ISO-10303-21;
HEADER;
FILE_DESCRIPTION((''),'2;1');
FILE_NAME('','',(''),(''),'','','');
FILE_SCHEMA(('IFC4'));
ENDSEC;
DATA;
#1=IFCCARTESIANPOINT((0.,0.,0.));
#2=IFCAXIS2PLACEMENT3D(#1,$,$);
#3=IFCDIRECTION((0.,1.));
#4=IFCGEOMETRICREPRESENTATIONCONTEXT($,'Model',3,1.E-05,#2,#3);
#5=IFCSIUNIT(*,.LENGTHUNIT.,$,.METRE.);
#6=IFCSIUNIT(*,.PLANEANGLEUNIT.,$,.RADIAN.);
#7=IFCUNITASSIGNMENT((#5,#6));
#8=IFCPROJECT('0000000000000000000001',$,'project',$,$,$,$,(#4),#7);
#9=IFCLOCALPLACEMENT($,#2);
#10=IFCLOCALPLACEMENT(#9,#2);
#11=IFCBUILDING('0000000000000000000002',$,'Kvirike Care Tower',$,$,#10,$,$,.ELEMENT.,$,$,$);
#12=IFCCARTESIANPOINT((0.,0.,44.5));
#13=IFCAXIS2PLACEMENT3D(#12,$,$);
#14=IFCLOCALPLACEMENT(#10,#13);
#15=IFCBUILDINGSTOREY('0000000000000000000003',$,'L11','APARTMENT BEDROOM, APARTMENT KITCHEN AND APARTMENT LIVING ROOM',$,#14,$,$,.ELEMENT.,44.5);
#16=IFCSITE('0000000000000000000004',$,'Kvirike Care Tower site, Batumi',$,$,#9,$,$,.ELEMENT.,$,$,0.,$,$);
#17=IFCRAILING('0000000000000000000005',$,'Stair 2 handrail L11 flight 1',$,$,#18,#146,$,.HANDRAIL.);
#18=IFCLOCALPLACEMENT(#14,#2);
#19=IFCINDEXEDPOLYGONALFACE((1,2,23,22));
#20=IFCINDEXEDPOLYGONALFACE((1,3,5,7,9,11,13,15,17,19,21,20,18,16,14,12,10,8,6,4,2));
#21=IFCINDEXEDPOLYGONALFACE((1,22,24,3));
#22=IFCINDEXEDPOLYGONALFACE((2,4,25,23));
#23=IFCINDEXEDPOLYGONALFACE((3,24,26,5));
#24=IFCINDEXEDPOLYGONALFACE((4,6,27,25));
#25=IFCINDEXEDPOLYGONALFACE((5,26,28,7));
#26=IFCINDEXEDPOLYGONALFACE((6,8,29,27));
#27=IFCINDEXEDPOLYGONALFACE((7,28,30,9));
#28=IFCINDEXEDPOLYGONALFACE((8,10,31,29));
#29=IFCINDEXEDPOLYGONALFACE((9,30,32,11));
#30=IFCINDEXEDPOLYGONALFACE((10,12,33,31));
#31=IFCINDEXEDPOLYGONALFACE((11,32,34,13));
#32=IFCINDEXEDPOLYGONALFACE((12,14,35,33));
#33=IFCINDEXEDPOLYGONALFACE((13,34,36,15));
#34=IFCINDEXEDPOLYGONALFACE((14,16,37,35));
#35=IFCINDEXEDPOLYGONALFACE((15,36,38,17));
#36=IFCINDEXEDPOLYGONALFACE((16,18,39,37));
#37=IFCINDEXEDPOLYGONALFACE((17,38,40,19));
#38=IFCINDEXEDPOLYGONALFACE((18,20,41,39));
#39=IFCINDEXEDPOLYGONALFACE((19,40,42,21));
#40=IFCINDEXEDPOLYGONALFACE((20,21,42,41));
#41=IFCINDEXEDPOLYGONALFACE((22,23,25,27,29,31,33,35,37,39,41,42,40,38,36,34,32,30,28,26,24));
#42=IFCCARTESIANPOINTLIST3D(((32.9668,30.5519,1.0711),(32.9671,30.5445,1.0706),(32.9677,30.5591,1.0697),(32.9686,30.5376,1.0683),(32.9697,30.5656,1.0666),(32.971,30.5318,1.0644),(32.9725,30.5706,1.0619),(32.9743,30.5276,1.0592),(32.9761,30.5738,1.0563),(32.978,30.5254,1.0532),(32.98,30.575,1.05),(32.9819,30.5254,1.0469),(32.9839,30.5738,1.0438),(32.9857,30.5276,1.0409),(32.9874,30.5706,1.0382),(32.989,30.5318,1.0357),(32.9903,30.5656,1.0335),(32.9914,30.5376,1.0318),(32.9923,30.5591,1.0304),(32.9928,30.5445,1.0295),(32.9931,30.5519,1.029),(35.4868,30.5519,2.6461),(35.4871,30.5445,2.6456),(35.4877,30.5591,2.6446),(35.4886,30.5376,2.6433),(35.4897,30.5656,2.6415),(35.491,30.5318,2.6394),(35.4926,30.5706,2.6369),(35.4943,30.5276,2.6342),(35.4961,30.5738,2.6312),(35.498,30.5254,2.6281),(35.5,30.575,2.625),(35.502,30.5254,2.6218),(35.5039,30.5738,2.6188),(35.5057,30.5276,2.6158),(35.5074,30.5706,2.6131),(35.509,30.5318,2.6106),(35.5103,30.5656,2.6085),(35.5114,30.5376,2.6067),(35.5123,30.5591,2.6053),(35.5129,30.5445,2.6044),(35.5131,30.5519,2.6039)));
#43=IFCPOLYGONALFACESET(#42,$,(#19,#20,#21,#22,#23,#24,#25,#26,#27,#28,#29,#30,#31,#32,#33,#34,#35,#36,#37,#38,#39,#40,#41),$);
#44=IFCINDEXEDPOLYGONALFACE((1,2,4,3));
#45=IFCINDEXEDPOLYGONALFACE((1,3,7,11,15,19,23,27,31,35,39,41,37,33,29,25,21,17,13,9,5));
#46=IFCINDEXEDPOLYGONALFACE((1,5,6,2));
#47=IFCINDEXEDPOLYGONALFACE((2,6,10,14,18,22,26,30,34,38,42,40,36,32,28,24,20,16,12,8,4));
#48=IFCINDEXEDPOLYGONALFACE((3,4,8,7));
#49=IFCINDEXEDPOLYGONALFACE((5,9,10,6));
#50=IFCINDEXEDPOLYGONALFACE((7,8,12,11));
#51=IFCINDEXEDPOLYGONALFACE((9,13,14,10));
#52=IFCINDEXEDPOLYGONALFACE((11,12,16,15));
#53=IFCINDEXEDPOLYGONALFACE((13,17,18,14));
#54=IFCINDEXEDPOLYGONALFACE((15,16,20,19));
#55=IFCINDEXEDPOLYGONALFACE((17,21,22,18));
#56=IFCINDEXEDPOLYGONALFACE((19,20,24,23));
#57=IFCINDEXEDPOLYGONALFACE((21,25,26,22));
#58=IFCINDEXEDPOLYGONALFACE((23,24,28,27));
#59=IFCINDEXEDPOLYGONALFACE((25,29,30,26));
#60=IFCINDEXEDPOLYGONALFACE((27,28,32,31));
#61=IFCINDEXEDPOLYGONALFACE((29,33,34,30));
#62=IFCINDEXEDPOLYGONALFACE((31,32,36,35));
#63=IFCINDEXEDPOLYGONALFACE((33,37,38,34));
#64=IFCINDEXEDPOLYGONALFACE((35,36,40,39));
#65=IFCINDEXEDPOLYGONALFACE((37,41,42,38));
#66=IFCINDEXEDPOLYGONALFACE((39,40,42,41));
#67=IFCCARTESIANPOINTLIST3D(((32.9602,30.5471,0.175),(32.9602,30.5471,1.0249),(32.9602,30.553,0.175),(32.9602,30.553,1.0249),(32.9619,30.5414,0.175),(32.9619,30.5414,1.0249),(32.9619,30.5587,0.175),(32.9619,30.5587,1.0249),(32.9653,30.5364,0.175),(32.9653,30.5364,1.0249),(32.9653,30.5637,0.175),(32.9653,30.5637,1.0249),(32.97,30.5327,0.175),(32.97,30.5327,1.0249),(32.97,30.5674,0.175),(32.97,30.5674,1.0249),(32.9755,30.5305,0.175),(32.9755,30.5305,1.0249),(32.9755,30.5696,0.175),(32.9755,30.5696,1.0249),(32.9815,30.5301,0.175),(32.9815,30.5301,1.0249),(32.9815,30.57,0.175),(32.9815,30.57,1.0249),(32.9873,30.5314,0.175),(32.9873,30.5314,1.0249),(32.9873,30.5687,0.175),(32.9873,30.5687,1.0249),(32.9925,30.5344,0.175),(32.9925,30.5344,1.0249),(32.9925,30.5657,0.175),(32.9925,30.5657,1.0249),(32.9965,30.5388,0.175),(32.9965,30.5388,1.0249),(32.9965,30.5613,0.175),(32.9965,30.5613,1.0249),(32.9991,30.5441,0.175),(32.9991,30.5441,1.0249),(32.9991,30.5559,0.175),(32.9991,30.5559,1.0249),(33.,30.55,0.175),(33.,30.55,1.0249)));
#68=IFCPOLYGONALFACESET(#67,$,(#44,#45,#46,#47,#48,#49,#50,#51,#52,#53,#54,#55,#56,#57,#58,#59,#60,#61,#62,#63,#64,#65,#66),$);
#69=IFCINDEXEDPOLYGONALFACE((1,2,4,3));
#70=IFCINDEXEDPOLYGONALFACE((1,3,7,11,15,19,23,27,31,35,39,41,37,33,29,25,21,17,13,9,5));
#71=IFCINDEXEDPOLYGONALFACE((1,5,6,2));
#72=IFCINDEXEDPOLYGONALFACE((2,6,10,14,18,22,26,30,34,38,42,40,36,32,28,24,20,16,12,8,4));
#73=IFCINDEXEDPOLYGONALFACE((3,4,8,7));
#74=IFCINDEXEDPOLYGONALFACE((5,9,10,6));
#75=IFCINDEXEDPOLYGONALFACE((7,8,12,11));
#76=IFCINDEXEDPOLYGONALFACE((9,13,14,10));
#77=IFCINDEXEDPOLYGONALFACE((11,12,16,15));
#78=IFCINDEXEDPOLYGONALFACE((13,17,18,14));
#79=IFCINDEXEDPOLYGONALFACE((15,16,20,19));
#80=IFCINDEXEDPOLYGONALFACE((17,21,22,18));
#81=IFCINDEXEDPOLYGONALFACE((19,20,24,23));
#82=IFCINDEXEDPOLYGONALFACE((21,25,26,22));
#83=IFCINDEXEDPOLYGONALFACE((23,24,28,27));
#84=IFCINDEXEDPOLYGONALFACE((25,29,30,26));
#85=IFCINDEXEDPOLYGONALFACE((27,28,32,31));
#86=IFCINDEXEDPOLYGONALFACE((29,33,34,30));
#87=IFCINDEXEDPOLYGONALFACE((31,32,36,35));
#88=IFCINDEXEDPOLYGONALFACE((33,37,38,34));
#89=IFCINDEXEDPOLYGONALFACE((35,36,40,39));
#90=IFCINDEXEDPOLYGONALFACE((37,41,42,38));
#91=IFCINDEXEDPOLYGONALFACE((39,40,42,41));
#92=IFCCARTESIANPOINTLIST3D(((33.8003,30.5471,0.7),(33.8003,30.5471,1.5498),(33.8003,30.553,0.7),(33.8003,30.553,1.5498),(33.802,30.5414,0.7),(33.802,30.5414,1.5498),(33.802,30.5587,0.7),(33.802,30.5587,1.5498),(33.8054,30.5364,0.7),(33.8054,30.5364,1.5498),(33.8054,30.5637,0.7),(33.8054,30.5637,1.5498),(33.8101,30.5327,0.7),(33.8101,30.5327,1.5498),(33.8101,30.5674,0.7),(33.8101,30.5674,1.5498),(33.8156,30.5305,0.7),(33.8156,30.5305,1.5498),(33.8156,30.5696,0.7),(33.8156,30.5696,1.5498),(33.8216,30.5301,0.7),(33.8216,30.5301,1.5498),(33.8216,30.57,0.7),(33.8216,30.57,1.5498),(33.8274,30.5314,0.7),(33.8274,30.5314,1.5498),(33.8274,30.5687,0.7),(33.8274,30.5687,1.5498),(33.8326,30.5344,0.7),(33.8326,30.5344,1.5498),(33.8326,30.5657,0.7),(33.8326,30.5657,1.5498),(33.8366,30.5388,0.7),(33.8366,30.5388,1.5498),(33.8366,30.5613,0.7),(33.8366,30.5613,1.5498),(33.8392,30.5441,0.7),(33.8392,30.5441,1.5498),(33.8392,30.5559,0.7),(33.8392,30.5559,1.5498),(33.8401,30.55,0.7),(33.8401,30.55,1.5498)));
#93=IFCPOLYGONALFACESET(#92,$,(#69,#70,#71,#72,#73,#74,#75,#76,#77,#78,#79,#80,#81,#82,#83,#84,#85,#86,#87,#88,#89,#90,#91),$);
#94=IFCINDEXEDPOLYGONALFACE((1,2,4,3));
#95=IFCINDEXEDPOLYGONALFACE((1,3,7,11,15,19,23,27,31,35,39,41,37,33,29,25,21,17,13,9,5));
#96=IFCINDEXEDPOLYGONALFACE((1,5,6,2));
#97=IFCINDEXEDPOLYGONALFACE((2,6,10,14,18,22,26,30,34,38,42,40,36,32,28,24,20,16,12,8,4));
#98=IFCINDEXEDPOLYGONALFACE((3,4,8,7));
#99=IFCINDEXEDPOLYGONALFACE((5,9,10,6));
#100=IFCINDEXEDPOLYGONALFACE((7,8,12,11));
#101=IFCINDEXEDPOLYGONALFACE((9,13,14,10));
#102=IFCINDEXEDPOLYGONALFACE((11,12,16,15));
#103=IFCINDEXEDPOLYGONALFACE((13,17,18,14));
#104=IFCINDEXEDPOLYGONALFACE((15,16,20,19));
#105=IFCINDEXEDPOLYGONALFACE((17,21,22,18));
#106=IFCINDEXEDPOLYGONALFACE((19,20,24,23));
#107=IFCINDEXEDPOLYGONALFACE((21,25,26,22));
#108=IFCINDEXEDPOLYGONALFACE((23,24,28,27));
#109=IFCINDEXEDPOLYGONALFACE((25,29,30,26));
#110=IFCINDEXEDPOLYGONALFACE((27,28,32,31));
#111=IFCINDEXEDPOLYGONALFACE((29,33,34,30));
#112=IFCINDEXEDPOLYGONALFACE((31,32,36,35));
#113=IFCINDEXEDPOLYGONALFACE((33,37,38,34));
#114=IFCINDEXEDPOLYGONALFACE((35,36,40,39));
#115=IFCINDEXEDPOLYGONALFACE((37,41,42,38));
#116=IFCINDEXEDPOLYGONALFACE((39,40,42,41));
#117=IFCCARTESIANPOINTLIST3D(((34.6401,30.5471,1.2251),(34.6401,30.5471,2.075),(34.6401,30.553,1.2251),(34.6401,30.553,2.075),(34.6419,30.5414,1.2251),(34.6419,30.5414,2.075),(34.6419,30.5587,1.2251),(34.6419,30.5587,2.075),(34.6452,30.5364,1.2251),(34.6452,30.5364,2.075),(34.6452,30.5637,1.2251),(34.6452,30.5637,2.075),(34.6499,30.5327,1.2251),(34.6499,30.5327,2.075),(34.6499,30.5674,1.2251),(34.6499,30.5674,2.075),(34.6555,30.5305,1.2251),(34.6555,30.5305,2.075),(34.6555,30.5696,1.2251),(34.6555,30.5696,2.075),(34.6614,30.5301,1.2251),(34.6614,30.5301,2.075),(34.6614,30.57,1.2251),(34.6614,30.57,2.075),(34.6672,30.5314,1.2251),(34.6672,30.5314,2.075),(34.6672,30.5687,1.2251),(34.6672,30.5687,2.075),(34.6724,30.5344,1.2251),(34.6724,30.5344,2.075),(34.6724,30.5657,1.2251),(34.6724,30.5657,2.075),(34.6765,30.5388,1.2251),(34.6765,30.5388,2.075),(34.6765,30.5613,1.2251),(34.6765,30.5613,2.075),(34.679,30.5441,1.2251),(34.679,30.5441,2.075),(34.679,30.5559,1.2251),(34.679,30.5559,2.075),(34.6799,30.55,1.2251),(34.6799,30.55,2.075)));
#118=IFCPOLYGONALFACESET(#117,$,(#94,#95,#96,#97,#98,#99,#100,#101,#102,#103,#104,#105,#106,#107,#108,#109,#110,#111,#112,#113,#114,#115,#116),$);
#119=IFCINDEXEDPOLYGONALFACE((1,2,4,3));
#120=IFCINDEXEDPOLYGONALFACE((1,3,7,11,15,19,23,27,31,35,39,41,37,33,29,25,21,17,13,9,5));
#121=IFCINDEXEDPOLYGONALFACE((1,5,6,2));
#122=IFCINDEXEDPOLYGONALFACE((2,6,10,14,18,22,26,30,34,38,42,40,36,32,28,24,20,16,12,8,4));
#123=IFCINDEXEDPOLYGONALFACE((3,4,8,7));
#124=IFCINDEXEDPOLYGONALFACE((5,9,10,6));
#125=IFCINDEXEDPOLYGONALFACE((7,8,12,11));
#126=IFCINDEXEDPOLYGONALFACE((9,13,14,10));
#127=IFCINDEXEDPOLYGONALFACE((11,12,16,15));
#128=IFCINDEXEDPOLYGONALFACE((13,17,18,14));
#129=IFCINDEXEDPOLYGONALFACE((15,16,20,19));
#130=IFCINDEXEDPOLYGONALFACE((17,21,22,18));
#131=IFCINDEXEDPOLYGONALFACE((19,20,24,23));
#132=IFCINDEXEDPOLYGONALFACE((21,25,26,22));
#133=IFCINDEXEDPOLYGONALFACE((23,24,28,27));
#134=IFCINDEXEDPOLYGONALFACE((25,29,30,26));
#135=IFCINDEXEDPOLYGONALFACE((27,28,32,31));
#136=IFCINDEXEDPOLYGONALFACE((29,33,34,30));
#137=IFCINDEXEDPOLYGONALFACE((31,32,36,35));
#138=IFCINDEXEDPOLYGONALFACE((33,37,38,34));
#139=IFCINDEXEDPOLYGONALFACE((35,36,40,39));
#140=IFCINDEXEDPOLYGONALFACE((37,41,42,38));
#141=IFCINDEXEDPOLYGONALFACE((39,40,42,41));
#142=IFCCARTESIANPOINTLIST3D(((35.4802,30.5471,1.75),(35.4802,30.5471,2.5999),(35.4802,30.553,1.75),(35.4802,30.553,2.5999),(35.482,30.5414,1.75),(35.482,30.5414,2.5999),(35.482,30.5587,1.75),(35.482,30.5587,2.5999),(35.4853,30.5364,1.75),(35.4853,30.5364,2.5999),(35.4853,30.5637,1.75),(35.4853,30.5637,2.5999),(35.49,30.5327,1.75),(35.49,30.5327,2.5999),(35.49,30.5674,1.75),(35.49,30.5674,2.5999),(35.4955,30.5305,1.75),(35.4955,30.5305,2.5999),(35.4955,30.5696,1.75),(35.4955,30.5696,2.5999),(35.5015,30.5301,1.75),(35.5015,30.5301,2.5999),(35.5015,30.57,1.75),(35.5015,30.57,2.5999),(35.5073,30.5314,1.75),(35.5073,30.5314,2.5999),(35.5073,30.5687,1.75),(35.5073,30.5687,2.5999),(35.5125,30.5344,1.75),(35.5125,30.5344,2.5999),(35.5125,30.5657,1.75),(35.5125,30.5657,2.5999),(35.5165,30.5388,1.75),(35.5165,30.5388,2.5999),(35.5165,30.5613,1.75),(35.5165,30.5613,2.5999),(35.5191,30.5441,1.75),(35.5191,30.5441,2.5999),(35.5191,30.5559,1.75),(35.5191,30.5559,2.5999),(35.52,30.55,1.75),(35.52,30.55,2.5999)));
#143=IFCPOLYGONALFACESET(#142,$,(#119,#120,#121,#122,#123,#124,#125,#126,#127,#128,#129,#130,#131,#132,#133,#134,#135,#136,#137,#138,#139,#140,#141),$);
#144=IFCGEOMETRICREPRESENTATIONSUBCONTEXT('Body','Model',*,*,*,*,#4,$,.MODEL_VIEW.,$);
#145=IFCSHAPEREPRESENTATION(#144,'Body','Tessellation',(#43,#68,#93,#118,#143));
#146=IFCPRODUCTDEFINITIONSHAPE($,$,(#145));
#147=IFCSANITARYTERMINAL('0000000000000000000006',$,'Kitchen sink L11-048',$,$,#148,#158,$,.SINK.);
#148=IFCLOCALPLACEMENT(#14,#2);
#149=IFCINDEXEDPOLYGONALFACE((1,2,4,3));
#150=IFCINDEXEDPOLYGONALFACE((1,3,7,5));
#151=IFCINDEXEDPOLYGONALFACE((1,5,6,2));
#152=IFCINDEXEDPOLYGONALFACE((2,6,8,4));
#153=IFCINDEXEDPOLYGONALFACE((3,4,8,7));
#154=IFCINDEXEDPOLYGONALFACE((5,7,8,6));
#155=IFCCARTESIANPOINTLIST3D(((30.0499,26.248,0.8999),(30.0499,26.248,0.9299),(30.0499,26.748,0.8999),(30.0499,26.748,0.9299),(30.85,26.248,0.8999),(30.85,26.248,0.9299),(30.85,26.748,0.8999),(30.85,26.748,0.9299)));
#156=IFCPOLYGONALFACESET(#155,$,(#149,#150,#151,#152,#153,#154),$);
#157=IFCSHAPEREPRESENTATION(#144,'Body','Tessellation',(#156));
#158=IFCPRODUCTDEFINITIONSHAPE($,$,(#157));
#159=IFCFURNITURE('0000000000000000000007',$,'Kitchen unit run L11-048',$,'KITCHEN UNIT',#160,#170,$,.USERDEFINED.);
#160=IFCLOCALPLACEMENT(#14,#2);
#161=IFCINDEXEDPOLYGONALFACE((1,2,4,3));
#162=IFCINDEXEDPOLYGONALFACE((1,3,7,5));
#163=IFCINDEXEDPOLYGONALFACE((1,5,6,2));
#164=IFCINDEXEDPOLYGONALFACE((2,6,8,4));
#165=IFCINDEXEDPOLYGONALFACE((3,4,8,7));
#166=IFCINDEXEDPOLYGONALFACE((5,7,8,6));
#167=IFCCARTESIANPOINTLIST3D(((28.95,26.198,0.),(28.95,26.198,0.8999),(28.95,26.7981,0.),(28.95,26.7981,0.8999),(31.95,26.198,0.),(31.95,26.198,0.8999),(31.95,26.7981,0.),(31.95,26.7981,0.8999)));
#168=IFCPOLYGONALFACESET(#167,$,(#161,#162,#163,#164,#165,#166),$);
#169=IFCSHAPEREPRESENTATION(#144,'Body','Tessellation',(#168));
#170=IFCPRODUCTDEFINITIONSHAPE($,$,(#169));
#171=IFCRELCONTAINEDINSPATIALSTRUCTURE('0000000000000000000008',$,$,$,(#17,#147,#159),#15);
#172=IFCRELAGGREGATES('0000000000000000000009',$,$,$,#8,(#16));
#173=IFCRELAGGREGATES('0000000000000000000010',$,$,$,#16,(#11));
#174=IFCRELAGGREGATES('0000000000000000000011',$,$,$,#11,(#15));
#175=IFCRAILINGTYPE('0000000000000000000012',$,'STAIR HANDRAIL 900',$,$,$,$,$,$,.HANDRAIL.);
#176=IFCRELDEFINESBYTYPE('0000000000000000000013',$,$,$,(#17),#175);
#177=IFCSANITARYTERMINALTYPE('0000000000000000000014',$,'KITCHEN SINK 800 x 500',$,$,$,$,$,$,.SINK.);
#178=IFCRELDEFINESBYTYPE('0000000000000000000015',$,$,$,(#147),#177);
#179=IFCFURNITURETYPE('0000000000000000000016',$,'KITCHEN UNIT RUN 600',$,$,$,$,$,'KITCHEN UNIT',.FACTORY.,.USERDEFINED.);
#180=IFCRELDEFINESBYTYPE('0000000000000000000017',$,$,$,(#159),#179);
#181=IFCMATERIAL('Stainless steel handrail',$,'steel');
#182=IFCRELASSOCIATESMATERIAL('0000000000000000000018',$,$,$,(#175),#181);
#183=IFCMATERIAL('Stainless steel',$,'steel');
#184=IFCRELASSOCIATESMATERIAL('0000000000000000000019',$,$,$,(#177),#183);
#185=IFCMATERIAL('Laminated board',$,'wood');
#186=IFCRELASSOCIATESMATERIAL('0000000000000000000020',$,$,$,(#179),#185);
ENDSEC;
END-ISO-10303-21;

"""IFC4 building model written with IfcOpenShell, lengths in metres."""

from ifc_helpers import new_model, si_unit, direction, frame, origin, origin_2d, place, context, subcontext, project, spatial, rectangle, circle, extrude, material, type_object, element, save


model = new_model("IFC4")

# Units and contexts
model_context = context("Model", 3, precision=1e-05, world=origin(), true_north=direction((0.0, 1.0)))
body_context = subcontext(model_context, "Body", "Model", "MODEL_VIEW")
ifc_project = project(units=[si_unit("LENGTHUNIT", "METRE"), si_unit("PLANEANGLEUNIT", "RADIAN")], contexts=[model_context])

# Site, building, storey
site_placement = place(None, origin())
site = spatial("IfcSite", under=ifc_project, at=site_placement, Name="Kvirike Care Tower site, Batumi", CompositionType="ELEMENT", RefElevation=0.0)
building_placement = place(site_placement, origin())
building = spatial("IfcBuilding", under=site, at=building_placement, Name="Kvirike Care Tower", CompositionType="ELEMENT")
storey_placement = place(building_placement, frame((0.0, 0.0, 44.5)))
storey = spatial("IfcBuildingStorey", under=building, at=storey_placement, Name="L11", Description="APARTMENT BEDROOM, APARTMENT KITCHEN AND APARTMENT LIVING ROOM", CompositionType="ELEMENT", Elevation=44.5)

# Railing
ifc_material_1 = material(Name="Stainless steel handrail", Category="steel")
railing_type = type_object("IfcRailingType", Name="STAIR HANDRAIL 900", PredefinedType="HANDRAIL", material=ifc_material_1)
railing_placement = place(storey_placement, frame((32.98, 30.55, 0.175)))
element("IfcRailing", 1, at=railing_placement, inside=storey, type_object=railing_type, Name="Stair 2 handrail L11 flight 1", PredefinedType="HANDRAIL", context=body_context, shape_type="SweptSolid", body=[
    extrude(circle(Radius=0.0249, at=origin_2d()), frame((0.0, 0.0, 0.875), z_axis=(0.848008, 0.0, 0.529984), x_axis=(0.0, 1.0, 0.0)), (0.0, 0.0, 1.0), 2.9717),
    extrude(circle(Radius=0.02, at=origin_2d()), origin(), (0.0, 0.0, 1.0), 0.8499),
    extrude(circle(Radius=0.02, at=origin_2d()), frame((0.8401, 0.0, 0.5249)), (0.0, 0.0, 1.0), 0.8499),
    extrude(circle(Radius=0.02, at=origin_2d()), frame((1.6799, 0.0, 1.05)), (0.0, 0.0, 1.0), 0.8499),
    extrude(circle(Radius=0.02, at=origin_2d()), frame((2.52, 0.0, 1.575)), (0.0, 0.0, 1.0), 0.8499),
])

# Sanitary terminal
ifc_material_2 = material(Name="Stainless steel", Category="steel")
sanitary_terminal_type = type_object("IfcSanitaryTerminalType", Name="KITCHEN SINK 800 x 500", PredefinedType="SINK", material=ifc_material_2)
sanitary_terminal_placement = place(storey_placement, frame((30.45, 26.498, 0.8999), z_axis=(0.0, 0.0, 1.0), x_axis=(1.0, 0.0, 0.0)))
element("IfcSanitaryTerminal", 2, at=sanitary_terminal_placement, inside=storey, type_object=sanitary_terminal_type, Name="Kitchen sink L11-048", PredefinedType="SINK", context=body_context, shape_type="SweptSolid", body=[
    extrude(rectangle(XDim=0.8, YDim=0.5, at=origin_2d()), origin(), (0.0, 0.0, 1.0), 0.03),
])

# Furniture
ifc_material_3 = material(Name="Laminated board", Category="wood")
furniture_type = type_object("IfcFurnitureType", Name="KITCHEN UNIT RUN 600", ElementType="KITCHEN UNIT", AssemblyPlace="FACTORY", PredefinedType="USERDEFINED", material=ifc_material_3)
furniture_placement = place(storey_placement, frame((30.45, 26.498, 0.0), z_axis=(0.0, 0.0, 1.0), x_axis=(1.0, 0.0, 0.0)))
element("IfcFurniture", 3, at=furniture_placement, inside=storey, type_object=furniture_type, Name="Kitchen unit run L11-048", ObjectType="KITCHEN UNIT", PredefinedType="USERDEFINED", context=body_context, shape_type="SweptSolid", body=[
    extrude(rectangle(XDim=3.0, YDim=0.6001, at=origin_2d()), origin(), (0.0, 0.0, 1.0), 0.8999),
])

save(model, "model.ifc")
